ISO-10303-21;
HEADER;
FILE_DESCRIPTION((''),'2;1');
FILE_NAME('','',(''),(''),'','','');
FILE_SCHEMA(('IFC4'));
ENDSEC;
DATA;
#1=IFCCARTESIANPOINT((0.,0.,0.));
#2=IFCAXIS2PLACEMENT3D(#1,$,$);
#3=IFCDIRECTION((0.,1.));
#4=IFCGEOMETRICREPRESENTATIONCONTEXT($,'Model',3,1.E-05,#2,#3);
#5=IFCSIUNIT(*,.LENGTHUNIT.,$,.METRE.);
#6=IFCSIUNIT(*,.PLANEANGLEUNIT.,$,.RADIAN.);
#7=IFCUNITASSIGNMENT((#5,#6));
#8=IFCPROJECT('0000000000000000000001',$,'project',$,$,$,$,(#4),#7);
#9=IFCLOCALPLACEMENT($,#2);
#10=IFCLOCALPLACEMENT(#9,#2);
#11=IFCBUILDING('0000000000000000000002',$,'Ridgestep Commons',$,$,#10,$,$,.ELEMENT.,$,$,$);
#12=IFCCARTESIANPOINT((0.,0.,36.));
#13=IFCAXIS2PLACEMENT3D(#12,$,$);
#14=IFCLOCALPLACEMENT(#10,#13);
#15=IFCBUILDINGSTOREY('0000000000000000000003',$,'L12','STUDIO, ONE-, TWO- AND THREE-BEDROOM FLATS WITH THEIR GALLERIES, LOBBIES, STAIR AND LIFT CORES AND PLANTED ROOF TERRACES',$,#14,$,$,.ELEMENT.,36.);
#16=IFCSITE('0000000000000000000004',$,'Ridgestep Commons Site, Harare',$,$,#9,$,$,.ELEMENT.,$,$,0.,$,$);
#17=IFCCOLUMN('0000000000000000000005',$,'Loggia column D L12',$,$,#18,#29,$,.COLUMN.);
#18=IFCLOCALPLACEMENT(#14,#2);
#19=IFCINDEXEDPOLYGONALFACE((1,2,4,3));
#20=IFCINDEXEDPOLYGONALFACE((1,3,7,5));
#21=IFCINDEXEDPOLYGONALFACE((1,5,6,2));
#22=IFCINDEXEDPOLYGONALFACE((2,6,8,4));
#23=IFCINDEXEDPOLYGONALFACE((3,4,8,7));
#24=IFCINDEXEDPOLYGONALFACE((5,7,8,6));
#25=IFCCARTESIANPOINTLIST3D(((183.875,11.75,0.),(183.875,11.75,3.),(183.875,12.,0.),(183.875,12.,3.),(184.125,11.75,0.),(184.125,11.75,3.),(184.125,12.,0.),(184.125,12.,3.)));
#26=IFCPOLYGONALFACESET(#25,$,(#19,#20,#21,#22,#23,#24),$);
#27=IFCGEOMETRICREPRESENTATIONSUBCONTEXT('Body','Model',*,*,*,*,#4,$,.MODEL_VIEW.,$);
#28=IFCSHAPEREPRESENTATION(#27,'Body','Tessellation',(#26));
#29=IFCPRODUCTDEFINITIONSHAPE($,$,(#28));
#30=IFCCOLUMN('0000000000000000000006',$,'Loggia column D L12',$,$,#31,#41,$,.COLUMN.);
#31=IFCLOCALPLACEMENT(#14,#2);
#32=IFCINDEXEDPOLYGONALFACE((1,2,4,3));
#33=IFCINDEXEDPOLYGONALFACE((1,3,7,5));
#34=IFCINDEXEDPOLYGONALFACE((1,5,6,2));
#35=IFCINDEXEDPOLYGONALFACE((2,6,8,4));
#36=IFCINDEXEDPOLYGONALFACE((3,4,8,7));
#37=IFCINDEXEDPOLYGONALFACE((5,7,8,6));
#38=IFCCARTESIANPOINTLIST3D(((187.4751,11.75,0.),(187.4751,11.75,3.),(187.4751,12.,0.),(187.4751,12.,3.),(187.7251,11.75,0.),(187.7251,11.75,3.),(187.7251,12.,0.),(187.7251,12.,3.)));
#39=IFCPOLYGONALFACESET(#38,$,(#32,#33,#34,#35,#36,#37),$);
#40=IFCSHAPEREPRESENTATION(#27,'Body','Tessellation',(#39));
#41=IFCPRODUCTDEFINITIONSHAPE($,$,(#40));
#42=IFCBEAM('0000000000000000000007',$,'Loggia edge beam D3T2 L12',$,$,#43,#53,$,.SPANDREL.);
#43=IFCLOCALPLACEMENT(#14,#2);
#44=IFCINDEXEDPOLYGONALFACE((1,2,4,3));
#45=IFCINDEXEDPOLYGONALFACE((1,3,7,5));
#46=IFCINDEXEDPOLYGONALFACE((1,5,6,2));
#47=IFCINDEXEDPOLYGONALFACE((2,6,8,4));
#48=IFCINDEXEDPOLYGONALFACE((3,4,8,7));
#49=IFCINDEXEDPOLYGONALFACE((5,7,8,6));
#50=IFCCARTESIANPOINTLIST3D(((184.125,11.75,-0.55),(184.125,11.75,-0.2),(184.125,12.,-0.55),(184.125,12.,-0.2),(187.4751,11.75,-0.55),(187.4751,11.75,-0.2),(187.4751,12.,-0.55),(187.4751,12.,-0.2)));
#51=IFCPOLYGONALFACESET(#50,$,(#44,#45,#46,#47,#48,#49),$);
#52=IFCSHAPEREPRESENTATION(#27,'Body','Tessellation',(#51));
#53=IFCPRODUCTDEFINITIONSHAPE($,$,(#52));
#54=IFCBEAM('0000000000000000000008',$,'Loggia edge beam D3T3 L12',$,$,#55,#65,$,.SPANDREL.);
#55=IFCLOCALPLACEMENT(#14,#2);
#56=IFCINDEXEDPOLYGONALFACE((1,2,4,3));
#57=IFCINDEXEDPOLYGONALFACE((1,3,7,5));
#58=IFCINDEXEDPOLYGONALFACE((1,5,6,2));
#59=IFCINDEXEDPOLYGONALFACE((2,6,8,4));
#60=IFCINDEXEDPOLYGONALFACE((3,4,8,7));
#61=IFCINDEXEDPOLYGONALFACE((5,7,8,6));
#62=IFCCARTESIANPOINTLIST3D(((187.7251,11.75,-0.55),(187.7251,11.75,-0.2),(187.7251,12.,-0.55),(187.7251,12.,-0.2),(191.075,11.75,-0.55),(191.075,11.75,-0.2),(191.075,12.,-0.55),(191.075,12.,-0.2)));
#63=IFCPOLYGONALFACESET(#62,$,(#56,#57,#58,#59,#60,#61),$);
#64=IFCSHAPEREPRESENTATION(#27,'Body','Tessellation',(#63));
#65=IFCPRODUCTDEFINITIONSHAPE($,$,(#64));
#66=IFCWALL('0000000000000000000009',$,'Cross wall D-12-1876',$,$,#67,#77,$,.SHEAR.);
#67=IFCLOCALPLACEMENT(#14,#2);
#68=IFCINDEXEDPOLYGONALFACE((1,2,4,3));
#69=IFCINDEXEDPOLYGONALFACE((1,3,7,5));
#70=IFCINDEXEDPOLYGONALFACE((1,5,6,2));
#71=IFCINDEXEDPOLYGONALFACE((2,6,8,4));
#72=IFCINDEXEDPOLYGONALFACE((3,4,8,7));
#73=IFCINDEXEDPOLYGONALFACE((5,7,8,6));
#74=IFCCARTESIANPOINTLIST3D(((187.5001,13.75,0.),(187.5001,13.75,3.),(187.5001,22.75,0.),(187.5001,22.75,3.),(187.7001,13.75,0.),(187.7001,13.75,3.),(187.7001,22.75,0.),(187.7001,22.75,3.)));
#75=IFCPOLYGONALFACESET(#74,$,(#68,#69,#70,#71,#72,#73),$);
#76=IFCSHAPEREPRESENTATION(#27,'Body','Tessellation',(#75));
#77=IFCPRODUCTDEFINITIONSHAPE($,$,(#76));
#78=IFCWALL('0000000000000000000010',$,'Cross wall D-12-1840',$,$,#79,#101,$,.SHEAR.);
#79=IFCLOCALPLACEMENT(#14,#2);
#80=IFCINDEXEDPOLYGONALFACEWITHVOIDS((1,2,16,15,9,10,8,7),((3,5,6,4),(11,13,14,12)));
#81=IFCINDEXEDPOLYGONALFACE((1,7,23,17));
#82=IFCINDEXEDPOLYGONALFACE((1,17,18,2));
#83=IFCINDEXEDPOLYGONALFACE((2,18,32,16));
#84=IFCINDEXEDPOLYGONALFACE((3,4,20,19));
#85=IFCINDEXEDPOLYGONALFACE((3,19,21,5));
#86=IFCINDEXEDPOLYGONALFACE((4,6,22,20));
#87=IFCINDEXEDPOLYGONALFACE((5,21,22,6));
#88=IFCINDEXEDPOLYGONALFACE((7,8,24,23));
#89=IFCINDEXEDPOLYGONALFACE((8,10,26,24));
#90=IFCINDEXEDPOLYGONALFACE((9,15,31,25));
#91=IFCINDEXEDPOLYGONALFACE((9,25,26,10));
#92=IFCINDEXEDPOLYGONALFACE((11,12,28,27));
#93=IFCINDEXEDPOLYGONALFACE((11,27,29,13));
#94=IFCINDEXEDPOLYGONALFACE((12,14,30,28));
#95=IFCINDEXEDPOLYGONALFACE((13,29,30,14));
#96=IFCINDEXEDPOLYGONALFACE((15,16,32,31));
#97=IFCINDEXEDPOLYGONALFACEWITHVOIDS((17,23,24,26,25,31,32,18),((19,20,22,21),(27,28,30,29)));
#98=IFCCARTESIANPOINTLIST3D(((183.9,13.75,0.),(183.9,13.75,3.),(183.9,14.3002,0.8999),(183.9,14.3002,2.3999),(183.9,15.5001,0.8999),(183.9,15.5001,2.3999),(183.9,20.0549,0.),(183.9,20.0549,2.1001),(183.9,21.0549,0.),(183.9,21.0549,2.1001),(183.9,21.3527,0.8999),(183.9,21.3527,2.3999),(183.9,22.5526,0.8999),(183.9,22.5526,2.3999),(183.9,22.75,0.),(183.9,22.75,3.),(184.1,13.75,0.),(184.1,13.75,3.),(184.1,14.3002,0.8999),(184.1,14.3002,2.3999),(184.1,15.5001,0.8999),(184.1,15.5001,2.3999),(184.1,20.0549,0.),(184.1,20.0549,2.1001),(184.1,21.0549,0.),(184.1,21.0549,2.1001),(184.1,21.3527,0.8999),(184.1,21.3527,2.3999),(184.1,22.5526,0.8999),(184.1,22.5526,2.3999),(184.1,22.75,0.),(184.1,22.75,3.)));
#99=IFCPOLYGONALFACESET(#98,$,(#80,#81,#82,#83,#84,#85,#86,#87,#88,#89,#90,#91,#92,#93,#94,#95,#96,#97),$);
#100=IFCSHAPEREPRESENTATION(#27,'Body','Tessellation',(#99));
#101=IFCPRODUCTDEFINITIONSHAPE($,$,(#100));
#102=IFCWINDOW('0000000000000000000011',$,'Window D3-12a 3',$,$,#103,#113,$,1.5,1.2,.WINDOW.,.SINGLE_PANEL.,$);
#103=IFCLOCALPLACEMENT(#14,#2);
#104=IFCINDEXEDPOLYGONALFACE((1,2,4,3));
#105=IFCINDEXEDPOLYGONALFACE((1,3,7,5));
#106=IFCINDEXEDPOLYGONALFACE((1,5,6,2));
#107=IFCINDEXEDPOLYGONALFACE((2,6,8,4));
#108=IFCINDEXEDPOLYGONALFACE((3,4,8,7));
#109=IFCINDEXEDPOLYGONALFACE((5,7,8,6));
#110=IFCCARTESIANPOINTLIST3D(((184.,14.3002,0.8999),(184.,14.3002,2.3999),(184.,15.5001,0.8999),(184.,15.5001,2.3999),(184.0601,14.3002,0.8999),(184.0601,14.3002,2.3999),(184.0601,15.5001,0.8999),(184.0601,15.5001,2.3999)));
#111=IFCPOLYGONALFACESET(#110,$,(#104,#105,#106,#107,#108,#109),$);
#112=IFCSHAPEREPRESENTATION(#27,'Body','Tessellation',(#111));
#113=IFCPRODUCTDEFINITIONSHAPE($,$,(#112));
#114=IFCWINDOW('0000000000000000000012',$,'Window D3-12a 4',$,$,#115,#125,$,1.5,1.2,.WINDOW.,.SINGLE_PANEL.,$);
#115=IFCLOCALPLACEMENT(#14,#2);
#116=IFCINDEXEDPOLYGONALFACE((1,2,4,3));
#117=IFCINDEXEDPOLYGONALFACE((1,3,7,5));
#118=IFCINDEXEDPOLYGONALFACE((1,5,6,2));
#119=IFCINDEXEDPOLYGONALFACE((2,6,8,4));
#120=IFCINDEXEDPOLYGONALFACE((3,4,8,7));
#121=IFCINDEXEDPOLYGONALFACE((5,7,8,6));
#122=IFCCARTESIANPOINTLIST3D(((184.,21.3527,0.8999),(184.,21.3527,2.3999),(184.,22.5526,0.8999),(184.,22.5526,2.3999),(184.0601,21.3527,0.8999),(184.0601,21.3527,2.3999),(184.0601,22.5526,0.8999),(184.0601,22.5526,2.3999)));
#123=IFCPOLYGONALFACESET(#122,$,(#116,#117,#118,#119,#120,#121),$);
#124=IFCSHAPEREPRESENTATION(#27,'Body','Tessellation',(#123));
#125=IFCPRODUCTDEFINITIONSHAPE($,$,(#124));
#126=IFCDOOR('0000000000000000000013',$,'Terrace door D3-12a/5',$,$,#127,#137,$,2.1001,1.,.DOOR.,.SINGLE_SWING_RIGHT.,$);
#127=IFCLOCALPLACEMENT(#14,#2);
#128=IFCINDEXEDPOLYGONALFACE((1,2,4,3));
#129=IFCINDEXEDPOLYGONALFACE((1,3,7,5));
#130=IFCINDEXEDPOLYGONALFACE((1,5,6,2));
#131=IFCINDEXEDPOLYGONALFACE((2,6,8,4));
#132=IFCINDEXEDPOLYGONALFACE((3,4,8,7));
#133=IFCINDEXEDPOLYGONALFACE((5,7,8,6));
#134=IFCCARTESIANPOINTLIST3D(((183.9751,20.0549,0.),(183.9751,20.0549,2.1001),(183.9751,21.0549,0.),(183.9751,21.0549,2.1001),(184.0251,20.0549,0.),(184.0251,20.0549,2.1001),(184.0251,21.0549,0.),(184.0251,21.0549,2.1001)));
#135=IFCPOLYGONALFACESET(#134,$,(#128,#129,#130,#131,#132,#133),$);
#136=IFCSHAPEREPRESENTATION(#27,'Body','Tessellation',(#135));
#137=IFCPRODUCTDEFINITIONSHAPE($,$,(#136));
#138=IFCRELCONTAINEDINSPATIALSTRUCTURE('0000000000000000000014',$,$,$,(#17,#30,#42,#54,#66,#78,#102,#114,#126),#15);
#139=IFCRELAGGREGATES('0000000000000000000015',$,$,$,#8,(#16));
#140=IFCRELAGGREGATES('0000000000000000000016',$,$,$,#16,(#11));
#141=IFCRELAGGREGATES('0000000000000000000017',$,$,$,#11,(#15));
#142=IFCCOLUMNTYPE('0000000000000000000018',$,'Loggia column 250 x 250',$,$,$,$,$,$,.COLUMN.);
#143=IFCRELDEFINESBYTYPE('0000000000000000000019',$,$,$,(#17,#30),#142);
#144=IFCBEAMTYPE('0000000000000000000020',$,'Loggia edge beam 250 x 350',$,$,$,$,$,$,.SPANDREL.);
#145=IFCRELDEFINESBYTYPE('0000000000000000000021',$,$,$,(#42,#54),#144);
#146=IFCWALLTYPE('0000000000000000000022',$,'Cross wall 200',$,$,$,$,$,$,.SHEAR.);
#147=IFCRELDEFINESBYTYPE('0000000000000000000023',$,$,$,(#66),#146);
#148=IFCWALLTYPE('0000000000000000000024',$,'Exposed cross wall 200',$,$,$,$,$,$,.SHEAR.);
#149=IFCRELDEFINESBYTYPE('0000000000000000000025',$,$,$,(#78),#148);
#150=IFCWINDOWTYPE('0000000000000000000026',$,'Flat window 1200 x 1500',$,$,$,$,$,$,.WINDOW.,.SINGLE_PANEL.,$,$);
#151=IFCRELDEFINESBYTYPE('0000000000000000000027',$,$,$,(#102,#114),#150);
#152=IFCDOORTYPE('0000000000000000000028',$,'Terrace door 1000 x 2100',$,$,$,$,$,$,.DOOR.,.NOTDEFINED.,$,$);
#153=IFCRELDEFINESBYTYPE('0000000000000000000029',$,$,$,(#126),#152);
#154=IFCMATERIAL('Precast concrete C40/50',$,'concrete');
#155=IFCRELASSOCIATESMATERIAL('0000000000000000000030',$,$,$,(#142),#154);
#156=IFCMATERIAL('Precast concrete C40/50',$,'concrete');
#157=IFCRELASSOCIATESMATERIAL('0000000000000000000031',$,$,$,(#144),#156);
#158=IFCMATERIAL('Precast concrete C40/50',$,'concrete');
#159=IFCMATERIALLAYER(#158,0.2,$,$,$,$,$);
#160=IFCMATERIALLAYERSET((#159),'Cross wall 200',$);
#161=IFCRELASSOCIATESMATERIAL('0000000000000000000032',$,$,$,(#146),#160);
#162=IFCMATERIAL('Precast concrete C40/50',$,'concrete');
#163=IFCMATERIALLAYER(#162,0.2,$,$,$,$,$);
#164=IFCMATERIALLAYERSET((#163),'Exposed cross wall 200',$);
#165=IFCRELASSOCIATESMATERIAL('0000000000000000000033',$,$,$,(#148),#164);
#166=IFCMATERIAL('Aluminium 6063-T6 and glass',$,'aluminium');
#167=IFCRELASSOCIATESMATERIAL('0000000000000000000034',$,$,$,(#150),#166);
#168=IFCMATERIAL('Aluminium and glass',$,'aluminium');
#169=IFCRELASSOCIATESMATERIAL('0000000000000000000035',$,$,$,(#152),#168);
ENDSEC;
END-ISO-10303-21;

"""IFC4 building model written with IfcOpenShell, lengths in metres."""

from ifc_helpers import new_model, si_unit, direction, frame, frame_2d, origin, origin_2d, place, context, subcontext, project, spatial, rectangle, extrude, material, layer, layer_set, material_profile, profile_set, type_object, element, fill, save


model = new_model("IFC4")

# Units and contexts
model_context = context("Model", 3, precision=1e-05, world=origin(), true_north=direction((0.0, 1.0)))
body_context = subcontext(model_context, "Body", "Model", "MODEL_VIEW")
ifc_project = project(units=[si_unit("LENGTHUNIT", "METRE"), si_unit("PLANEANGLEUNIT", "RADIAN")], contexts=[model_context])

# Site, building, storey
site_placement = place(None, origin())
site = spatial("IfcSite", under=ifc_project, at=site_placement, Name="Ridgestep Commons Site, Harare", CompositionType="ELEMENT", RefElevation=0.0)
building_placement = place(site_placement, origin())
building = spatial("IfcBuilding", under=site, at=building_placement, Name="Ridgestep Commons", CompositionType="ELEMENT")
storey_placement = place(building_placement, frame((0.0, 0.0, 36.0)))
storey = spatial("IfcBuildingStorey", under=building, at=storey_placement, Name="L12", Description="STUDIO, ONE-, TWO- AND THREE-BEDROOM FLATS WITH THEIR GALLERIES, LOBBIES, STAIR AND LIFT CORES AND PLANTED ROOF TERRACES", CompositionType="ELEMENT", Elevation=36.0)

# Columns
ifc_material_1 = material(Name="Precast concrete C40/50", Category="concrete")
ifc_material_profile_1 = material_profile(ifc_material_1, rectangle(XDim=0.25, YDim=0.25, at=origin_2d()), Name="PC 250x250")
ifc_profile_set_1 = profile_set([ifc_material_profile_1], Name="Precast concrete C40/50")
column_type = type_object("IfcColumnType", Name="Loggia column 250 x 250", PredefinedType="COLUMN", material=ifc_profile_set_1)
for number, where, z_axis, x_axis, name in (
    (1, (184.0, 11.875, 0.0), (0.0, 0.0, 1.0), (1.0, 0.0, 0.0), "Loggia column D L12"),
    (2, (187.6001, 11.875, 0.0), (0.0, 0.0, 1.0), (1.0, 0.0, 0.0), "Loggia column D L12"),
):
    element("IfcColumn", number, at=place(storey_placement, frame(where, z_axis=z_axis, x_axis=x_axis)), inside=storey, type_object=column_type, Name=name, PredefinedType="COLUMN", context=body_context, shape_type="SweptSolid", body=[
        extrude(rectangle(XDim=0.25, YDim=0.25, at=origin_2d()), origin(), (0.0, 0.0, 1.0), 3.0),
    ])

# Beams
ifc_material_2 = material(Name="Precast concrete C40/50", Category="concrete")
ifc_material_profile_2 = material_profile(ifc_material_2, rectangle(XDim=0.25, YDim=0.3501, at=origin_2d()), Name="PC 250x350")
ifc_profile_set_2 = profile_set([ifc_material_profile_2], Name="Precast concrete C40/50")
beam_type = type_object("IfcBeamType", Name="Loggia edge beam 250 x 350", PredefinedType="SPANDREL", material=ifc_profile_set_2)
beam_1_placement = place(storey_placement, frame((184.125, 11.875, -0.375), z_axis=(1.0, 0.0, 0.0), x_axis=(0.0, 1.0, 0.0)))
element("IfcBeam", 3, at=beam_1_placement, inside=storey, type_object=beam_type, Name="Loggia edge beam D3T2 L12", PredefinedType="SPANDREL", context=body_context, shape_type="SweptSolid", body=[
    extrude(rectangle(XDim=0.25, YDim=0.3501, at=origin_2d()), origin(), (0.0, 0.0, 1.0), 3.3501),
])
beam_2_placement = place(storey_placement, frame((187.7251, 11.875, -0.375), z_axis=(1.0, 0.0, 0.0), x_axis=(0.0, 1.0, 0.0)))
element("IfcBeam", 4, at=beam_2_placement, inside=storey, type_object=beam_type, Name="Loggia edge beam D3T3 L12", PredefinedType="SPANDREL", context=body_context, shape_type="SweptSolid", body=[
    extrude(rectangle(XDim=0.25, YDim=0.3501, at=origin_2d()), origin(), (0.0, 0.0, 1.0), 3.3499),
])

# Wall
ifc_material_3 = material(Name="Precast concrete C40/50", Category="concrete")
ifc_layer_1 = layer(ifc_material_3, 0.2)
ifc_layer_set_1 = layer_set([ifc_layer_1], Name="Cross wall 200")
wall_type_1 = type_object("IfcWallType", Name="Cross wall 200", PredefinedType="SHEAR", material=ifc_layer_set_1)
wall_1_placement = place(storey_placement, frame((187.6001, 13.75, 0.0), z_axis=(0.0, 0.0, 1.0), x_axis=(0.0, 1.0, 0.0)))
element("IfcWall", 5, at=wall_1_placement, inside=storey, type_object=wall_type_1, Name="Cross wall D-12-1876", PredefinedType="SHEAR", context=body_context, shape_type="SweptSolid", body=[
    extrude(rectangle(XDim=9.0, YDim=0.2, at=frame_2d((4.5, 0.0))), origin(), (0.0, 0.0, 1.0), 3.0),
])

# Wall, openings, windows, door
ifc_material_4 = material(Name="Precast concrete C40/50", Category="concrete")
ifc_layer_2 = layer(ifc_material_4, 0.2)
ifc_layer_set_2 = layer_set([ifc_layer_2], Name="Exposed cross wall 200")
wall_type_2 = type_object("IfcWallType", Name="Exposed cross wall 200", PredefinedType="SHEAR", material=ifc_layer_set_2)
wall_2_placement = place(storey_placement, frame((184.0, 13.75, 0.0), z_axis=(0.0, 0.0, 1.0), x_axis=(0.0, 1.0, 0.0)))
wall_2 = element("IfcWall", 6, at=wall_2_placement, inside=storey, type_object=wall_type_2, Name="Cross wall D-12-1840", PredefinedType="SHEAR", context=body_context, shape_type="SweptSolid", body=[
    extrude(rectangle(XDim=9.0, YDim=0.2, at=frame_2d((4.5, 0.0))), origin(), (0.0, 0.0, 1.0), 3.0),
])
opening_1_placement = place(wall_2_placement, frame((0.55, 0.0, 0.8999)))
opening_1 = element("IfcOpeningElement", 7, at=opening_1_placement, cuts=wall_2, PredefinedType="OPENING", context=body_context, shape_type="SweptSolid", body=[
    extrude(rectangle(XDim=1.2, YDim=1.5, at=frame_2d((0.6001, 0.75))), frame((0.0, 0.1099, 0.0), z_axis=(0.0, -1.0, 0.0), x_axis=(1.0, 0.0, 0.0)), (0.0, 0.0, 1.0), 0.22),
])
opening_2_placement = place(wall_2_placement, frame((7.6025, 0.0, 0.8999)))
opening_2 = element("IfcOpeningElement", 8, at=opening_2_placement, cuts=wall_2, PredefinedType="OPENING", context=body_context, shape_type="SweptSolid", body=[
    extrude(rectangle(XDim=1.2, YDim=1.5, at=frame_2d((0.6001, 0.75))), frame((0.0, 0.1099, 0.0), z_axis=(0.0, -1.0, 0.0), x_axis=(1.0, 0.0, 0.0)), (0.0, 0.0, 1.0), 0.22),
])
opening_3_placement = place(wall_2_placement, frame((6.3049, 0.0, 0.0)))
opening_3 = element("IfcOpeningElement", 9, at=opening_3_placement, cuts=wall_2, PredefinedType="OPENING", context=body_context, shape_type="SweptSolid", body=[
    extrude(rectangle(XDim=1.0, YDim=2.1001, at=frame_2d((0.5, 1.05))), frame((0.0, 0.1099, 0.0), z_axis=(0.0, -1.0, 0.0), x_axis=(1.0, 0.0, 0.0)), (0.0, 0.0, 1.0), 0.22),
])
ifc_material_5 = material(Name="Aluminium 6063-T6 and glass", Category="aluminium")
window_type_1 = type_object("IfcWindowType", Name="Flat window 1200 x 1500", PartitioningType="SINGLE_PANEL", PredefinedType="WINDOW", material=ifc_material_5)
window_1_placement = place(opening_1_placement, origin())
window_1 = element("IfcWindow", 10, at=window_1_placement, inside=storey, type_object=window_type_1, Name="Window D3-12a 3", OverallHeight=1.5, OverallWidth=1.2, PartitioningType="SINGLE_PANEL", PredefinedType="WINDOW", context=body_context, shape_type="SweptSolid", body=[
    extrude(rectangle(XDim=1.2, YDim=1.5, at=frame_2d((0.6001, 0.75))), frame((0.0, 0.0, 0.0), z_axis=(0.0, -1.0, 0.0), x_axis=(1.0, 0.0, 0.0)), (0.0, 0.0, 1.0), 0.0601),
])
fill(opening_1, window_1)
window_2_placement = place(opening_2_placement, origin())
window_2 = element("IfcWindow", 11, at=window_2_placement, inside=storey, type_object=window_type_1, Name="Window D3-12a 4", OverallHeight=1.5, OverallWidth=1.2, PartitioningType="SINGLE_PANEL", PredefinedType="WINDOW", context=body_context, shape_type="SweptSolid", body=[
    extrude(rectangle(XDim=1.2, YDim=1.5, at=frame_2d((0.6001, 0.75))), frame((0.0, 0.0, 0.0), z_axis=(0.0, -1.0, 0.0), x_axis=(1.0, 0.0, 0.0)), (0.0, 0.0, 1.0), 0.0601),
])
fill(opening_2, window_2)
ifc_material_6 = material(Name="Aluminium and glass", Category="aluminium")
door_type_1 = type_object("IfcDoorType", Name="Terrace door 1000 x 2100", OperationType="NOTDEFINED", PredefinedType="DOOR", material=ifc_material_6)
door_1_placement = place(opening_3_placement, origin())
door_1 = element("IfcDoor", 12, at=door_1_placement, inside=storey, type_object=door_type_1, Name="Terrace door D3-12a/5", OperationType="SINGLE_SWING_RIGHT", OverallHeight=2.1001, OverallWidth=1.0, PredefinedType="DOOR", context=body_context, shape_type="SweptSolid", body=[
    extrude(rectangle(XDim=1.0, YDim=2.1001, at=frame_2d((0.5, 1.05))), frame((0.0, 0.0249, 0.0), z_axis=(0.0, -1.0, 0.0), x_axis=(1.0, 0.0, 0.0)), (0.0, 0.0, 1.0), 0.05),
])
fill(opening_3, door_1)

save(model, "model.ifc")
